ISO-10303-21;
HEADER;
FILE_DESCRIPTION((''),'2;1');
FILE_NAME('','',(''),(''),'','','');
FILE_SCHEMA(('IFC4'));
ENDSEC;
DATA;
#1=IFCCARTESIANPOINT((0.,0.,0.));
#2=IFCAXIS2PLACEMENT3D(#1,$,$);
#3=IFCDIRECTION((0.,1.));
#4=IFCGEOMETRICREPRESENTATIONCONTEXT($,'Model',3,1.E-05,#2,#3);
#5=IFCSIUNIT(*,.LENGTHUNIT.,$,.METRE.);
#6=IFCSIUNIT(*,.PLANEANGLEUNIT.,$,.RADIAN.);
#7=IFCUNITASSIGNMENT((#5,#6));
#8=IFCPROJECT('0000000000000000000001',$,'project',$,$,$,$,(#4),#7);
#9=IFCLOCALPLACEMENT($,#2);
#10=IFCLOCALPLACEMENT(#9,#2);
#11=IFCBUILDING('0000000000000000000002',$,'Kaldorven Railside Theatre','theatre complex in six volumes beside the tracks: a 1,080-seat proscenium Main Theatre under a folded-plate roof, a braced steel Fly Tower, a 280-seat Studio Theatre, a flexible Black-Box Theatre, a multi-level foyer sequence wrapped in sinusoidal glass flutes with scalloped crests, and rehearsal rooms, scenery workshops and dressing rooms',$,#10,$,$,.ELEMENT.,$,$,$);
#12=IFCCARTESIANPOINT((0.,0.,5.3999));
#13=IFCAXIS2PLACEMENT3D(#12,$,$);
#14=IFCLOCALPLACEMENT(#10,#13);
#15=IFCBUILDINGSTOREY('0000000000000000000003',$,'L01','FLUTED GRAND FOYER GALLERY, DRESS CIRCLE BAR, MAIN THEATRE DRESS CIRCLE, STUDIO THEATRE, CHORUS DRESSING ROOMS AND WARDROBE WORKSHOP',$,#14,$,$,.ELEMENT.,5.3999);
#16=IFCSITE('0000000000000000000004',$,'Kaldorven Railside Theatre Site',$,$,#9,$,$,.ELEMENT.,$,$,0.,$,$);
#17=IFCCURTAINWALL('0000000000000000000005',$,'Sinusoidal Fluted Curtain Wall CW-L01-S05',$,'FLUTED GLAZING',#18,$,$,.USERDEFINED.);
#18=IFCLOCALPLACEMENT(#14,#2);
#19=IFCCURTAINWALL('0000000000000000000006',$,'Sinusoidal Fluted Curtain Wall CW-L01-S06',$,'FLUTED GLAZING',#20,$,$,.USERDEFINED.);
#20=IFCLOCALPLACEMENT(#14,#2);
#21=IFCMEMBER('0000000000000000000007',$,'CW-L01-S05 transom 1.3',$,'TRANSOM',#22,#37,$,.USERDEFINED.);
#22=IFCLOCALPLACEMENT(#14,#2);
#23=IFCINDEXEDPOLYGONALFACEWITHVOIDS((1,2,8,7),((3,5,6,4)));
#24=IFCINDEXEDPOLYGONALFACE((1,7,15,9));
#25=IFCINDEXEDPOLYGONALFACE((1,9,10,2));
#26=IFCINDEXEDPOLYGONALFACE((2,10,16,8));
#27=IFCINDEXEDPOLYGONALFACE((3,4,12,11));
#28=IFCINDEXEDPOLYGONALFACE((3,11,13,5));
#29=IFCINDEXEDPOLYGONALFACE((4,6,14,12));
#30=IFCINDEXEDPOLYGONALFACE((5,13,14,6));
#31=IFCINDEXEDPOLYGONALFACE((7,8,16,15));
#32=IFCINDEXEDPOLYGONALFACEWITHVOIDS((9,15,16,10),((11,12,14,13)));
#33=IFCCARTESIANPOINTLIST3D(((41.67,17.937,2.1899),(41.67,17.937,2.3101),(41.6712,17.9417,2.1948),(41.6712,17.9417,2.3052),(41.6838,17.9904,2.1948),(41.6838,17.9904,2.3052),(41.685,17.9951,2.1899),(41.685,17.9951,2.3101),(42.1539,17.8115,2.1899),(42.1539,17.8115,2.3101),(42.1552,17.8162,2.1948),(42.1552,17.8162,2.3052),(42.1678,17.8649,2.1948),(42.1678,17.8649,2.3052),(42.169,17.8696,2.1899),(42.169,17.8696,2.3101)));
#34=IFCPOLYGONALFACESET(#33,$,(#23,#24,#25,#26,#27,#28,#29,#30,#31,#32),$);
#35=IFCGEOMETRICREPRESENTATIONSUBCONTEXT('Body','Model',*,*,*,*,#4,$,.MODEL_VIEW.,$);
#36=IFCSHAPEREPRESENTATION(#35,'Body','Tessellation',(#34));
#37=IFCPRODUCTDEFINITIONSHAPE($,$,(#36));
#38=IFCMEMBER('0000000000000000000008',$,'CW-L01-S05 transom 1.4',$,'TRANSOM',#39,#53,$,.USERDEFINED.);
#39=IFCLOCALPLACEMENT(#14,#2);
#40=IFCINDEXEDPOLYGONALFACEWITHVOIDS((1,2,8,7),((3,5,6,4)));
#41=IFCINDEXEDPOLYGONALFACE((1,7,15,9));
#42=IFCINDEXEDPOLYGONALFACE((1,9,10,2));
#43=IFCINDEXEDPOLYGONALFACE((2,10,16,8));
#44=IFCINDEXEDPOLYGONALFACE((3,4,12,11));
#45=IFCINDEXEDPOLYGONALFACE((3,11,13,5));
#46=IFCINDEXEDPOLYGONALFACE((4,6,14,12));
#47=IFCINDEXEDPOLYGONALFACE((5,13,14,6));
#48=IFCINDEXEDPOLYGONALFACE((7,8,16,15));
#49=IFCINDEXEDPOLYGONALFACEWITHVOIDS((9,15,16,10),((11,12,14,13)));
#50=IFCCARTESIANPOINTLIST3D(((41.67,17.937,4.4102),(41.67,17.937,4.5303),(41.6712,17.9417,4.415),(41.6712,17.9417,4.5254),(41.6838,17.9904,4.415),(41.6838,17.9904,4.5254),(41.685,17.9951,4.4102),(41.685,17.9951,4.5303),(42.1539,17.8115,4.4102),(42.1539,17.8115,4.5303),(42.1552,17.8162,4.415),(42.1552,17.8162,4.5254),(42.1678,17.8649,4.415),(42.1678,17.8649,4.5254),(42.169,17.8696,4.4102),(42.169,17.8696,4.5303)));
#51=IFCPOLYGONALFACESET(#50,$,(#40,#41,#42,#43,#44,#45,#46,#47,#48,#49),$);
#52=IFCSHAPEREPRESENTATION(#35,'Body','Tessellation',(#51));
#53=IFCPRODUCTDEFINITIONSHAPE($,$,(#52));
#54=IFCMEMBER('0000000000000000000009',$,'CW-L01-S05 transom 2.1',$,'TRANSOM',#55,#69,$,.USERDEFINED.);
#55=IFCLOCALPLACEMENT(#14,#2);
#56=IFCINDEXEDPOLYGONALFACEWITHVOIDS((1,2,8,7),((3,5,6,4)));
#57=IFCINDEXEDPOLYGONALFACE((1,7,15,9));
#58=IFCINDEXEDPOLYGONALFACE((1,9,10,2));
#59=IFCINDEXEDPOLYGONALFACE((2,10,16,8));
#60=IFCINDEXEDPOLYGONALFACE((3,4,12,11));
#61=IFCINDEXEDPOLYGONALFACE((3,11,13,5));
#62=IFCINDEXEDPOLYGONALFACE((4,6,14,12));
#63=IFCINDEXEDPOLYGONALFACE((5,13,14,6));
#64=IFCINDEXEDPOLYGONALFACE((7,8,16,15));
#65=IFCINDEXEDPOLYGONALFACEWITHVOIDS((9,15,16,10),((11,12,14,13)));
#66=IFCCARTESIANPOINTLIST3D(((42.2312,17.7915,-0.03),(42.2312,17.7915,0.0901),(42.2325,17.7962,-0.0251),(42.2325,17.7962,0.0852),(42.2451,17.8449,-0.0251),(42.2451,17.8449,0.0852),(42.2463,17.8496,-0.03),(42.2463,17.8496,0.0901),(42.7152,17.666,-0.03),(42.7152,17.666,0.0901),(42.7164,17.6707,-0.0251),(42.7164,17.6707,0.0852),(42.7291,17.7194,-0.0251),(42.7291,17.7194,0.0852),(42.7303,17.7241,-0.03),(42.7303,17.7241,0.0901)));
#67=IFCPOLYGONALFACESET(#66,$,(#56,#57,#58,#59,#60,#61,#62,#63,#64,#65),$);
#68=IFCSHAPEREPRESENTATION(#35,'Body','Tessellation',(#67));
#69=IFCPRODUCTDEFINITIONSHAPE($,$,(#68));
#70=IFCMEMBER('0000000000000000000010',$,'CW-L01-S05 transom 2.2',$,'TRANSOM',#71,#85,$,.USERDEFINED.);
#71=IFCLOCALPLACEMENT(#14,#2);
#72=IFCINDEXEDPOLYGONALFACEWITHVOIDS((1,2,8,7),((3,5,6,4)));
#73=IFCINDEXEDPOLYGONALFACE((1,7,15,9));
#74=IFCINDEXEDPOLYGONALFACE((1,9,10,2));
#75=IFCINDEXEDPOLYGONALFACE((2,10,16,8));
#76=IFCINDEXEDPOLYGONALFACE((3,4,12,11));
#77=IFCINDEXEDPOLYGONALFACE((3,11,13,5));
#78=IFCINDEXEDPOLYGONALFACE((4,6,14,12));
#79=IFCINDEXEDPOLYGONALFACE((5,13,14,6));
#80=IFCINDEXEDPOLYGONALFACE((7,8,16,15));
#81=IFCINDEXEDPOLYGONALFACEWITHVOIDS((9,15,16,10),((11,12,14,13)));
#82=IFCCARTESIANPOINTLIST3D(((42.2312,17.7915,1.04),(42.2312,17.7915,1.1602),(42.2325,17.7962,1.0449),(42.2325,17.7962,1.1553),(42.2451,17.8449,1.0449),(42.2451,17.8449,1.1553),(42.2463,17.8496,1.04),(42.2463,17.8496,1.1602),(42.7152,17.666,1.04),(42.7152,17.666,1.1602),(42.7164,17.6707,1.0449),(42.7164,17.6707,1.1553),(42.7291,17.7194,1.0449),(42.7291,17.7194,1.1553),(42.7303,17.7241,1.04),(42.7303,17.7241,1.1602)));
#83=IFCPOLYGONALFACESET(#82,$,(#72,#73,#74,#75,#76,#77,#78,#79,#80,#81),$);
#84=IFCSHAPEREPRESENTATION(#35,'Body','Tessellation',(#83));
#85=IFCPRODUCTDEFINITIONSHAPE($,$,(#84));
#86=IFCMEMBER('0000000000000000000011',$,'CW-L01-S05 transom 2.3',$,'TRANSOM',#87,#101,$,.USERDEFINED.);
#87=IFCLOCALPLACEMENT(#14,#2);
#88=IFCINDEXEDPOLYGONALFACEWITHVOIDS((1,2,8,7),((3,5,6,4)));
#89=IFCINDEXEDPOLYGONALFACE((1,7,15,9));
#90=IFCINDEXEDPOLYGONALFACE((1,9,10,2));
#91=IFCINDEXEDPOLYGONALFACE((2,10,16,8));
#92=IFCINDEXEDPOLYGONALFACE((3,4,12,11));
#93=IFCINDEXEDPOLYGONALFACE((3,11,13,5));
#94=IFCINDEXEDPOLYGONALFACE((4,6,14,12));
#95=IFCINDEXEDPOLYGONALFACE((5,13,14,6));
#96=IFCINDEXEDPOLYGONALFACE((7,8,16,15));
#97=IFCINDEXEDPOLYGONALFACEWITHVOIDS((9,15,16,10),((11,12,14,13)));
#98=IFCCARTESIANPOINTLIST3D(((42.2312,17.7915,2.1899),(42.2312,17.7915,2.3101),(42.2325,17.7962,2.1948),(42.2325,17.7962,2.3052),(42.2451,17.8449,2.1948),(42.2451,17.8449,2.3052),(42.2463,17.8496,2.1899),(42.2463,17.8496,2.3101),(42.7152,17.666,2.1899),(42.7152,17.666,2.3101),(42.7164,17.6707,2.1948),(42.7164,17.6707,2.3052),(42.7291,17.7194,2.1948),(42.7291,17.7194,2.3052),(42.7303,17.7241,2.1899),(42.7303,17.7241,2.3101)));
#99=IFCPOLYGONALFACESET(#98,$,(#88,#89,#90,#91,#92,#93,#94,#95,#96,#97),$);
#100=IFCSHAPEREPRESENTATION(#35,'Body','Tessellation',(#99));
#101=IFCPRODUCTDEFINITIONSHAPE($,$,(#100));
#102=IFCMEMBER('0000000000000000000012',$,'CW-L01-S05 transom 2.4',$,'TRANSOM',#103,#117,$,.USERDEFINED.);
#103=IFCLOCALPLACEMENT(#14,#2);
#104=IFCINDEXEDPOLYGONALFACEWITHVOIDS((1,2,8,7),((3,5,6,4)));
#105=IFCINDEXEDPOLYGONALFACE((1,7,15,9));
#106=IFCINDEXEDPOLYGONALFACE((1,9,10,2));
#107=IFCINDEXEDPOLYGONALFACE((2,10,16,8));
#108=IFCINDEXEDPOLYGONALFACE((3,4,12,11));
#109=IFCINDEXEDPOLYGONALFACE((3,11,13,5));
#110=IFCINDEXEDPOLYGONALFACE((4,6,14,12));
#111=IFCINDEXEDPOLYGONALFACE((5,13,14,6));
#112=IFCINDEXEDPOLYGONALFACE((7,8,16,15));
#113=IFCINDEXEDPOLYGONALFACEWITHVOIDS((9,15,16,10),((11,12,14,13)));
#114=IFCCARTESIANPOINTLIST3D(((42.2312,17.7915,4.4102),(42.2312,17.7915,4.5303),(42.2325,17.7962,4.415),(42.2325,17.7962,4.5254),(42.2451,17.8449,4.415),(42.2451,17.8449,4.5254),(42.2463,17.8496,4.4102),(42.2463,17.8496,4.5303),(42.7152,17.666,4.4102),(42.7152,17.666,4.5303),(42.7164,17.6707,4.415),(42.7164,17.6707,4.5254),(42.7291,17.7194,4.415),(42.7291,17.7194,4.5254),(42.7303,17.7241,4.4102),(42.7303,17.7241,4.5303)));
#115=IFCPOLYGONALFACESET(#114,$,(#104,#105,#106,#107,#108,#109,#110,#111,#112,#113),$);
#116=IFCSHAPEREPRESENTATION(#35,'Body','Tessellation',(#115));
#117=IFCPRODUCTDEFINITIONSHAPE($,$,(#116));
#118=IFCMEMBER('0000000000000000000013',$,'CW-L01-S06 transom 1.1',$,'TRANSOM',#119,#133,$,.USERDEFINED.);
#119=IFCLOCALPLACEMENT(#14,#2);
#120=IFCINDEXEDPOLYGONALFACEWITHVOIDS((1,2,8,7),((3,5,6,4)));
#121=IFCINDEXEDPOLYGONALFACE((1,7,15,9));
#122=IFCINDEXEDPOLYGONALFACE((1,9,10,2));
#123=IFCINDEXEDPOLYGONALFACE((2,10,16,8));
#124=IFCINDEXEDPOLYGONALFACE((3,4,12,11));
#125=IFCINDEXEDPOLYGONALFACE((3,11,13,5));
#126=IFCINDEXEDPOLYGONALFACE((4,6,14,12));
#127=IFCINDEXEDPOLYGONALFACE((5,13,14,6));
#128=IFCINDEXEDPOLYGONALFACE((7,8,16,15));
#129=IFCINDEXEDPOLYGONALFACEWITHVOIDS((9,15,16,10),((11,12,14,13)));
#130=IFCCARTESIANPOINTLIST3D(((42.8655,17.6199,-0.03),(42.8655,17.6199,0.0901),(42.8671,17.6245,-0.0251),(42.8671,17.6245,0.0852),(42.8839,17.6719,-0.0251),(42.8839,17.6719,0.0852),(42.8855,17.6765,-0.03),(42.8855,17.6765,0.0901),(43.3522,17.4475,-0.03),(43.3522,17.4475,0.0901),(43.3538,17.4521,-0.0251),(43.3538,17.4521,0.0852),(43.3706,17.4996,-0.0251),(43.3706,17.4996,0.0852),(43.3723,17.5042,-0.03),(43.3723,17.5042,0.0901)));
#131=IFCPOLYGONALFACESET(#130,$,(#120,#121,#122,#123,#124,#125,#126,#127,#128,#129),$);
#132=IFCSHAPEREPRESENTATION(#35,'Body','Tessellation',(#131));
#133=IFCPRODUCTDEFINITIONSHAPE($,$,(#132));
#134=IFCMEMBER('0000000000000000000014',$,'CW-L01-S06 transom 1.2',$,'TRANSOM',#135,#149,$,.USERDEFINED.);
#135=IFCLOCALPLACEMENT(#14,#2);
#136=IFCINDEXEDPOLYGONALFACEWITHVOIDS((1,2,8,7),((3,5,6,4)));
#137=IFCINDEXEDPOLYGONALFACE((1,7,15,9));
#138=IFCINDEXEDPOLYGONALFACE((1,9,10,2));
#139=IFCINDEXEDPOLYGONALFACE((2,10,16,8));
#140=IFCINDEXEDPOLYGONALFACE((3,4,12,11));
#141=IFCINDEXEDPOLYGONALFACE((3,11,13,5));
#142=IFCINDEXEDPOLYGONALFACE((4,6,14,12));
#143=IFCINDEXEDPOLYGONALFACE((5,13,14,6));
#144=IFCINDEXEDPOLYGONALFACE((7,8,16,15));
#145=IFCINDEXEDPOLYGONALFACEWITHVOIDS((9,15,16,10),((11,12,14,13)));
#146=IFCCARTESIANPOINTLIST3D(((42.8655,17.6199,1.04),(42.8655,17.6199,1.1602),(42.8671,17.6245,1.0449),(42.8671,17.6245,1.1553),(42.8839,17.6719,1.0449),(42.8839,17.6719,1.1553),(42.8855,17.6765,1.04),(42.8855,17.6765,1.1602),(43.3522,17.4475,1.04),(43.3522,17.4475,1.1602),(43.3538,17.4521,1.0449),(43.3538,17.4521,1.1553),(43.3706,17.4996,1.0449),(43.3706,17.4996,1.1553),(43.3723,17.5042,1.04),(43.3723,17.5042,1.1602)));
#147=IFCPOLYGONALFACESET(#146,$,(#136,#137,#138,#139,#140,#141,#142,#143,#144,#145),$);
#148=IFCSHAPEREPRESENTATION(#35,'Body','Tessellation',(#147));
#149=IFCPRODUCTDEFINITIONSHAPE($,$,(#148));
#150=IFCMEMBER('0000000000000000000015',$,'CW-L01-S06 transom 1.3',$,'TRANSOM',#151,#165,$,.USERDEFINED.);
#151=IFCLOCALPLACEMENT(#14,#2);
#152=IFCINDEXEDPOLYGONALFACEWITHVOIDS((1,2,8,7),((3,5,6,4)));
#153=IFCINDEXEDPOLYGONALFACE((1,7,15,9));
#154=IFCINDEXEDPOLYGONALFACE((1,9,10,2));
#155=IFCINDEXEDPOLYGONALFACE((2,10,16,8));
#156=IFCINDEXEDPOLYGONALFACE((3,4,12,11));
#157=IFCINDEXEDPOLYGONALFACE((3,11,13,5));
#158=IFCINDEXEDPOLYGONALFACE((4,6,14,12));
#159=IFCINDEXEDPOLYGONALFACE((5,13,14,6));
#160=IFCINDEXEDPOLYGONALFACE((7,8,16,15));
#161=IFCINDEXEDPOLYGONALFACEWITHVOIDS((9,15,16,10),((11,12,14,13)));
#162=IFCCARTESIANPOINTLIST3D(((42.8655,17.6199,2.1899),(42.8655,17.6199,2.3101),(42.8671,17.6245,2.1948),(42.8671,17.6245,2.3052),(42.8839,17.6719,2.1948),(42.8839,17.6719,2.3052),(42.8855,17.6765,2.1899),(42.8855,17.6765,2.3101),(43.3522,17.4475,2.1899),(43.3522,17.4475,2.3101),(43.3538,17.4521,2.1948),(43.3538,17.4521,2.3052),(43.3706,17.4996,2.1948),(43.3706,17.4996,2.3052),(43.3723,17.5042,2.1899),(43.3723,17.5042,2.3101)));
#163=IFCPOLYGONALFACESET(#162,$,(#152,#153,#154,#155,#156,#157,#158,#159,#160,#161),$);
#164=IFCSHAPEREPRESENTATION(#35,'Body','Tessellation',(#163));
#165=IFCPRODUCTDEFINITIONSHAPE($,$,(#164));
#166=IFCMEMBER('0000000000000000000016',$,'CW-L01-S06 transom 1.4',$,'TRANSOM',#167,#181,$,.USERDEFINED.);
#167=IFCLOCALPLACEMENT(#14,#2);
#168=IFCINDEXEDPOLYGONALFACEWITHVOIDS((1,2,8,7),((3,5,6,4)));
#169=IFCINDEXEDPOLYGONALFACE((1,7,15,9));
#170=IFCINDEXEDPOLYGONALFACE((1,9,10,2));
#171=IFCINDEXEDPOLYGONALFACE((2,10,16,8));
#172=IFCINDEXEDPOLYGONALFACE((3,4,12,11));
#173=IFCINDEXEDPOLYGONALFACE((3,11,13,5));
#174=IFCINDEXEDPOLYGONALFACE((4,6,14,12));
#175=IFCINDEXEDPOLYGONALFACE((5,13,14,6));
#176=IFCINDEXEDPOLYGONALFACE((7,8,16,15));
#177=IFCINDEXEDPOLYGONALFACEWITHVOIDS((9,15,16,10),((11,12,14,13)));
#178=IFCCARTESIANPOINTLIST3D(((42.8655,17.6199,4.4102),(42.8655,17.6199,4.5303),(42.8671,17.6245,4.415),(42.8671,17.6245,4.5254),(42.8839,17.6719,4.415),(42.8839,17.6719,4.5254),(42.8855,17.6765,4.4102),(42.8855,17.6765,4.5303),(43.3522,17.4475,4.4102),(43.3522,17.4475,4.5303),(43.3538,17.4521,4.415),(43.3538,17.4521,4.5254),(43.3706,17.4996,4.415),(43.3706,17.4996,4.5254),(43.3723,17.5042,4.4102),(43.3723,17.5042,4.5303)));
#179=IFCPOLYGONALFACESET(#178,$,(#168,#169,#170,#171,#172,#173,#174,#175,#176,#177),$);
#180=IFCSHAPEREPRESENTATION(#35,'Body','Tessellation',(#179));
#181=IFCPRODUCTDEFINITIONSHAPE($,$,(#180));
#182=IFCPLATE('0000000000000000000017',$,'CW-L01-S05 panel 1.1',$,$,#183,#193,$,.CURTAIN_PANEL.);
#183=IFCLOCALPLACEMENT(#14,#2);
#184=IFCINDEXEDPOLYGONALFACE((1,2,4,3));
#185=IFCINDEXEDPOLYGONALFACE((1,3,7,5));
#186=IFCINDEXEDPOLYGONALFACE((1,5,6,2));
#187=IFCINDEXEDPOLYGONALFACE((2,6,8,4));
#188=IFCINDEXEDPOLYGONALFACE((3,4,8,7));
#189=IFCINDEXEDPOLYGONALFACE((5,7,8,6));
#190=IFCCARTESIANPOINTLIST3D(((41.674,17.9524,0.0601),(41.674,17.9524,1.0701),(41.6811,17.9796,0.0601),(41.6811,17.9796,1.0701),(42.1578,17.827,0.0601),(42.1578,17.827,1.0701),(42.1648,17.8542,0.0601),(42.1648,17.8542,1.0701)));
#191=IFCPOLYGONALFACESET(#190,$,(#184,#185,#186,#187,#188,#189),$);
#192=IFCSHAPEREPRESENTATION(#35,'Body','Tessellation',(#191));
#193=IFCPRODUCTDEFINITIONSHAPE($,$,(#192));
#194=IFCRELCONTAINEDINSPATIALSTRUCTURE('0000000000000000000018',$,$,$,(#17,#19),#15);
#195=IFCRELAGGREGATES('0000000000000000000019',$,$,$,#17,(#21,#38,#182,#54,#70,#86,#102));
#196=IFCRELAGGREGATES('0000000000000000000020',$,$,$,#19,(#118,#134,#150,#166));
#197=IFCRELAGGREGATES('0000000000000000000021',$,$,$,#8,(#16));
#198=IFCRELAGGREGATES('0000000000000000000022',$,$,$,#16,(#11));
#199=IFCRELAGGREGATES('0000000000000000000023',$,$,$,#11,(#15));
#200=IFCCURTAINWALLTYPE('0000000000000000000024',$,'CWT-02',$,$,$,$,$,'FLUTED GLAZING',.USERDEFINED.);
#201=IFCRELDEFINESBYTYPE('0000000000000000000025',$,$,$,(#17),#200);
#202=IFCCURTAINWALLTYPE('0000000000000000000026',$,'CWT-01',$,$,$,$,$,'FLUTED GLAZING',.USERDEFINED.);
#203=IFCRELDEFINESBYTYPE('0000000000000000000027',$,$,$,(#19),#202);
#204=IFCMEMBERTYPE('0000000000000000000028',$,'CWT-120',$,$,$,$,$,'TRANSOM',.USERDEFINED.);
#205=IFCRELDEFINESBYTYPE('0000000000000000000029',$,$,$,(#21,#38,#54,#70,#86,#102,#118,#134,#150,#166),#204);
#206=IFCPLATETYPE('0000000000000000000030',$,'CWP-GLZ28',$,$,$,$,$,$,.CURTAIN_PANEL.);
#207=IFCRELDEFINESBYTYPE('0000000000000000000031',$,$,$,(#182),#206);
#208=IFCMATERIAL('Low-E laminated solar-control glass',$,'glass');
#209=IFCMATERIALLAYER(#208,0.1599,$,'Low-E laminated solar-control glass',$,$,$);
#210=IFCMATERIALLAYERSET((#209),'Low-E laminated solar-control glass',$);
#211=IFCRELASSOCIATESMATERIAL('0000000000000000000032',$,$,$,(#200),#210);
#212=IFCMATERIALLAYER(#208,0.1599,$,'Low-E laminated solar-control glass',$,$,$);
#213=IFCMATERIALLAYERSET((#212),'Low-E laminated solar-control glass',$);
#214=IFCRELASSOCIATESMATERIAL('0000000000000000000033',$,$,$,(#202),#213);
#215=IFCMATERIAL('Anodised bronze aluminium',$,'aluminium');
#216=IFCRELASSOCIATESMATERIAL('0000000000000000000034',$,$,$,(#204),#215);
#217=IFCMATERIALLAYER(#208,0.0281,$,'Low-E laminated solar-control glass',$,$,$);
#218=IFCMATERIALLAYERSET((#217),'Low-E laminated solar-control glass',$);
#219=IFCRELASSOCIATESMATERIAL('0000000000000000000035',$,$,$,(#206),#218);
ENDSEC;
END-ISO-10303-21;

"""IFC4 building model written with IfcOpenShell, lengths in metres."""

from ifc_helpers import new_model, si_unit, direction, frame, origin, origin_2d, place, context, subcontext, project, spatial, rectangle, hollow_rectangle, extrude, material, layer, layer_set, material_profile, profile_set, type_object, element, aggregate, save


model = new_model("IFC4")

# Units and contexts
model_context = context("Model", 3, precision=1e-05, world=origin(), true_north=direction((0.0, 1.0)))
body_context = subcontext(model_context, "Body", "Model", "MODEL_VIEW")
ifc_project = project(units=[si_unit("LENGTHUNIT", "METRE"), si_unit("PLANEANGLEUNIT", "RADIAN")], contexts=[model_context])

# Site, building, storey
site_placement = place(None, origin())
site = spatial("IfcSite", under=ifc_project, at=site_placement, Name="Kaldorven Railside Theatre Site", CompositionType="ELEMENT", RefElevation=0.0)
building_placement = place(site_placement, origin())
building = spatial("IfcBuilding", under=site, at=building_placement, Name="Kaldorven Railside Theatre", Description="theatre complex in six volumes beside the tracks: a 1,080-seat proscenium Main Theatre under a folded-plate roof, a braced steel Fly Tower, a 280-seat Studio Theatre, a flexible Black-Box Theatre, a multi-level foyer sequence wrapped in sinusoidal glass flutes with scalloped crests, and rehearsal rooms, scenery workshops and dressing rooms", CompositionType="ELEMENT")
storey_placement = place(building_placement, frame((0.0, 0.0, 5.3999)))
storey = spatial("IfcBuildingStorey", under=building, at=storey_placement, Name="L01", Description="FLUTED GRAND FOYER GALLERY, DRESS CIRCLE BAR, MAIN THEATRE DRESS CIRCLE, STUDIO THEATRE, CHORUS DRESSING ROOMS AND WARDROBE WORKSHOP", CompositionType="ELEMENT", Elevation=5.3999)

# Shared definitions
ifc_material_1 = material(Name="Low-E laminated solar-control glass", Category="glass")
ifc_material_2 = material(Name="Anodised bronze aluminium", Category="aluminium")

# Curtain wall
ifc_layer_1 = layer(ifc_material_1, 0.1599, Name="Low-E laminated solar-control glass")
ifc_layer_set_1 = layer_set([ifc_layer_1], Name="Low-E laminated solar-control glass")
curtain_wall_type_1 = type_object("IfcCurtainWallType", Name="CWT-02", ElementType="FLUTED GLAZING", PredefinedType="USERDEFINED", material=ifc_layer_set_1)
curtain_wall_1_placement = place(storey_placement, origin())
curtain_wall_1 = element("IfcCurtainWall", 1, at=curtain_wall_1_placement, inside=storey, type_object=curtain_wall_type_1, Name="Sinusoidal Fluted Curtain Wall CW-L01-S05", ObjectType="FLUTED GLAZING", PredefinedType="USERDEFINED")

# Curtain wall
ifc_layer_2 = layer(ifc_material_1, 0.1599, Name="Low-E laminated solar-control glass")
ifc_layer_set_2 = layer_set([ifc_layer_2], Name="Low-E laminated solar-control glass")
curtain_wall_type_2 = type_object("IfcCurtainWallType", Name="CWT-01", ElementType="FLUTED GLAZING", PredefinedType="USERDEFINED", material=ifc_layer_set_2)
curtain_wall_2_placement = place(storey_placement, origin())
curtain_wall_2 = element("IfcCurtainWall", 2, at=curtain_wall_2_placement, inside=storey, type_object=curtain_wall_type_2, Name="Sinusoidal Fluted Curtain Wall CW-L01-S06", ObjectType="FLUTED GLAZING", PredefinedType="USERDEFINED")
ifc_material_profile_1 = material_profile(ifc_material_2, hollow_rectangle(XDim=0.0601, YDim=0.1201, WallThickness=0.0049, at=origin_2d()), Name="RHS 120x60x5")
ifc_profile_set_1 = profile_set([ifc_material_profile_1], Name="Anodised bronze aluminium")
member_type_1 = type_object("IfcMemberType", Name="CWT-120", ElementType="TRANSOM", PredefinedType="USERDEFINED", material=ifc_profile_set_1)

# Members
member_1_placement = place(storey_placement, frame((41.6775, 17.9661, 2.25), z_axis=(0.967979, -0.25103, 0.0), x_axis=(0.25103, 0.967979, 0.0)))
member_1 = element("IfcMember", 3, at=member_1_placement, type_object=member_type_1, Name="CW-L01-S05 transom 1.3", ObjectType="TRANSOM", PredefinedType="USERDEFINED", context=body_context, shape_type="SweptSolid", body=[
    extrude(hollow_rectangle(XDim=0.0601, YDim=0.1201, WallThickness=0.0049, at=origin_2d()), origin(), (0.0, 0.0, 1.0), 0.5),
])
member_2_placement = place(storey_placement, frame((41.6775, 17.9661, 4.4702), z_axis=(0.967979, -0.25103, 0.0), x_axis=(0.25103, 0.967979, 0.0)))
member_2 = element("IfcMember", 4, at=member_2_placement, type_object=member_type_1, Name="CW-L01-S05 transom 1.4", ObjectType="TRANSOM", PredefinedType="USERDEFINED", context=body_context, shape_type="SweptSolid", body=[
    extrude(hollow_rectangle(XDim=0.0601, YDim=0.1201, WallThickness=0.0049, at=origin_2d()), origin(), (0.0, 0.0, 1.0), 0.5),
])
member_3_placement = place(storey_placement, frame((42.2388, 17.8206, 0.03), z_axis=(0.967979, -0.25103, 0.0), x_axis=(0.25103, 0.967979, 0.0)))
member_3 = element("IfcMember", 5, at=member_3_placement, type_object=member_type_1, Name="CW-L01-S05 transom 2.1", ObjectType="TRANSOM", PredefinedType="USERDEFINED", context=body_context, shape_type="SweptSolid", body=[
    extrude(hollow_rectangle(XDim=0.0601, YDim=0.1201, WallThickness=0.0049, at=origin_2d()), origin(), (0.0, 0.0, 1.0), 0.5),
])
member_4_placement = place(storey_placement, frame((42.2388, 17.8206, 1.1001), z_axis=(0.967979, -0.25103, 0.0), x_axis=(0.25103, 0.967979, 0.0)))
member_4 = element("IfcMember", 6, at=member_4_placement, type_object=member_type_1, Name="CW-L01-S05 transom 2.2", ObjectType="TRANSOM", PredefinedType="USERDEFINED", context=body_context, shape_type="SweptSolid", body=[
    extrude(hollow_rectangle(XDim=0.0601, YDim=0.1201, WallThickness=0.0049, at=origin_2d()), origin(), (0.0, 0.0, 1.0), 0.5),
])
member_5_placement = place(storey_placement, frame((42.2388, 17.8206, 2.25), z_axis=(0.967979, -0.25103, 0.0), x_axis=(0.25103, 0.967979, 0.0)))
member_5 = element("IfcMember", 7, at=member_5_placement, type_object=member_type_1, Name="CW-L01-S05 transom 2.3", ObjectType="TRANSOM", PredefinedType="USERDEFINED", context=body_context, shape_type="SweptSolid", body=[
    extrude(hollow_rectangle(XDim=0.0601, YDim=0.1201, WallThickness=0.0049, at=origin_2d()), origin(), (0.0, 0.0, 1.0), 0.5),
])
member_6_placement = place(storey_placement, frame((42.2388, 17.8206, 4.4702), z_axis=(0.967979, -0.25103, 0.0), x_axis=(0.25103, 0.967979, 0.0)))
member_6 = element("IfcMember", 8, at=member_6_placement, type_object=member_type_1, Name="CW-L01-S05 transom 2.4", ObjectType="TRANSOM", PredefinedType="USERDEFINED", context=body_context, shape_type="SweptSolid", body=[
    extrude(hollow_rectangle(XDim=0.0601, YDim=0.1201, WallThickness=0.0049, at=origin_2d()), origin(), (0.0, 0.0, 1.0), 0.5),
])
member_7_placement = place(storey_placement, frame((42.8755, 17.6482, 0.03), z_axis=(0.942658, -0.33376, 0.0), x_axis=(0.33376, 0.942658, 0.0)))
member_7 = element("IfcMember", 9, at=member_7_placement, type_object=member_type_1, Name="CW-L01-S06 transom 1.1", ObjectType="TRANSOM", PredefinedType="USERDEFINED", context=body_context, shape_type="SweptSolid", body=[
    extrude(hollow_rectangle(XDim=0.0601, YDim=0.1201, WallThickness=0.0049, at=origin_2d()), origin(), (0.0, 0.0, 1.0), 0.5164),
])
member_8_placement = place(storey_placement, frame((42.8755, 17.6482, 1.1001), z_axis=(0.942658, -0.33376, 0.0), x_axis=(0.33376, 0.942658, 0.0)))
member_8 = element("IfcMember", 10, at=member_8_placement, type_object=member_type_1, Name="CW-L01-S06 transom 1.2", ObjectType="TRANSOM", PredefinedType="USERDEFINED", context=body_context, shape_type="SweptSolid", body=[
    extrude(hollow_rectangle(XDim=0.0601, YDim=0.1201, WallThickness=0.0049, at=origin_2d()), origin(), (0.0, 0.0, 1.0), 0.5164),
])
member_9_placement = place(storey_placement, frame((42.8755, 17.6482, 2.25), z_axis=(0.942658, -0.33376, 0.0), x_axis=(0.33376, 0.942658, 0.0)))
member_9 = element("IfcMember", 11, at=member_9_placement, type_object=member_type_1, Name="CW-L01-S06 transom 1.3", ObjectType="TRANSOM", PredefinedType="USERDEFINED", context=body_context, shape_type="SweptSolid", body=[
    extrude(hollow_rectangle(XDim=0.0601, YDim=0.1201, WallThickness=0.0049, at=origin_2d()), origin(), (0.0, 0.0, 1.0), 0.5164),
])
member_10_placement = place(storey_placement, frame((42.8755, 17.6482, 4.4702), z_axis=(0.942658, -0.33376, 0.0), x_axis=(0.33376, 0.942658, 0.0)))
member_10 = element("IfcMember", 12, at=member_10_placement, type_object=member_type_1, Name="CW-L01-S06 transom 1.4", ObjectType="TRANSOM", PredefinedType="USERDEFINED", context=body_context, shape_type="SweptSolid", body=[
    extrude(hollow_rectangle(XDim=0.0601, YDim=0.1201, WallThickness=0.0049, at=origin_2d()), origin(), (0.0, 0.0, 1.0), 0.5164),
])

# Plate
ifc_layer_3 = layer(ifc_material_1, 0.0281, Name="Low-E laminated solar-control glass")
ifc_layer_set_3 = layer_set([ifc_layer_3], Name="Low-E laminated solar-control glass")
plate_type = type_object("IfcPlateType", Name="CWP-GLZ28", PredefinedType="CURTAIN_PANEL", material=ifc_layer_set_3)
plate_1_placement = place(storey_placement, frame((41.9194, 17.9033, 0.0601), z_axis=(0.0, 0.0, 1.0), x_axis=(0.967999, -0.250954, 0.0)))
plate_1 = element("IfcPlate", 13, at=plate_1_placement, type_object=plate_type, Name="CW-L01-S05 panel 1.1", PredefinedType="CURTAIN_PANEL", context=body_context, shape_type="SweptSolid", body=[
    extrude(rectangle(XDim=0.4998, YDim=0.0281, at=origin_2d()), origin(), (0.0, 0.0, 1.0), 1.01),
])
aggregate(curtain_wall_1, [member_1, member_2, plate_1, member_3, member_4, member_5, member_6])
aggregate(curtain_wall_2, [member_7, member_8, member_9, member_10])

save(model, "model.ifc")
